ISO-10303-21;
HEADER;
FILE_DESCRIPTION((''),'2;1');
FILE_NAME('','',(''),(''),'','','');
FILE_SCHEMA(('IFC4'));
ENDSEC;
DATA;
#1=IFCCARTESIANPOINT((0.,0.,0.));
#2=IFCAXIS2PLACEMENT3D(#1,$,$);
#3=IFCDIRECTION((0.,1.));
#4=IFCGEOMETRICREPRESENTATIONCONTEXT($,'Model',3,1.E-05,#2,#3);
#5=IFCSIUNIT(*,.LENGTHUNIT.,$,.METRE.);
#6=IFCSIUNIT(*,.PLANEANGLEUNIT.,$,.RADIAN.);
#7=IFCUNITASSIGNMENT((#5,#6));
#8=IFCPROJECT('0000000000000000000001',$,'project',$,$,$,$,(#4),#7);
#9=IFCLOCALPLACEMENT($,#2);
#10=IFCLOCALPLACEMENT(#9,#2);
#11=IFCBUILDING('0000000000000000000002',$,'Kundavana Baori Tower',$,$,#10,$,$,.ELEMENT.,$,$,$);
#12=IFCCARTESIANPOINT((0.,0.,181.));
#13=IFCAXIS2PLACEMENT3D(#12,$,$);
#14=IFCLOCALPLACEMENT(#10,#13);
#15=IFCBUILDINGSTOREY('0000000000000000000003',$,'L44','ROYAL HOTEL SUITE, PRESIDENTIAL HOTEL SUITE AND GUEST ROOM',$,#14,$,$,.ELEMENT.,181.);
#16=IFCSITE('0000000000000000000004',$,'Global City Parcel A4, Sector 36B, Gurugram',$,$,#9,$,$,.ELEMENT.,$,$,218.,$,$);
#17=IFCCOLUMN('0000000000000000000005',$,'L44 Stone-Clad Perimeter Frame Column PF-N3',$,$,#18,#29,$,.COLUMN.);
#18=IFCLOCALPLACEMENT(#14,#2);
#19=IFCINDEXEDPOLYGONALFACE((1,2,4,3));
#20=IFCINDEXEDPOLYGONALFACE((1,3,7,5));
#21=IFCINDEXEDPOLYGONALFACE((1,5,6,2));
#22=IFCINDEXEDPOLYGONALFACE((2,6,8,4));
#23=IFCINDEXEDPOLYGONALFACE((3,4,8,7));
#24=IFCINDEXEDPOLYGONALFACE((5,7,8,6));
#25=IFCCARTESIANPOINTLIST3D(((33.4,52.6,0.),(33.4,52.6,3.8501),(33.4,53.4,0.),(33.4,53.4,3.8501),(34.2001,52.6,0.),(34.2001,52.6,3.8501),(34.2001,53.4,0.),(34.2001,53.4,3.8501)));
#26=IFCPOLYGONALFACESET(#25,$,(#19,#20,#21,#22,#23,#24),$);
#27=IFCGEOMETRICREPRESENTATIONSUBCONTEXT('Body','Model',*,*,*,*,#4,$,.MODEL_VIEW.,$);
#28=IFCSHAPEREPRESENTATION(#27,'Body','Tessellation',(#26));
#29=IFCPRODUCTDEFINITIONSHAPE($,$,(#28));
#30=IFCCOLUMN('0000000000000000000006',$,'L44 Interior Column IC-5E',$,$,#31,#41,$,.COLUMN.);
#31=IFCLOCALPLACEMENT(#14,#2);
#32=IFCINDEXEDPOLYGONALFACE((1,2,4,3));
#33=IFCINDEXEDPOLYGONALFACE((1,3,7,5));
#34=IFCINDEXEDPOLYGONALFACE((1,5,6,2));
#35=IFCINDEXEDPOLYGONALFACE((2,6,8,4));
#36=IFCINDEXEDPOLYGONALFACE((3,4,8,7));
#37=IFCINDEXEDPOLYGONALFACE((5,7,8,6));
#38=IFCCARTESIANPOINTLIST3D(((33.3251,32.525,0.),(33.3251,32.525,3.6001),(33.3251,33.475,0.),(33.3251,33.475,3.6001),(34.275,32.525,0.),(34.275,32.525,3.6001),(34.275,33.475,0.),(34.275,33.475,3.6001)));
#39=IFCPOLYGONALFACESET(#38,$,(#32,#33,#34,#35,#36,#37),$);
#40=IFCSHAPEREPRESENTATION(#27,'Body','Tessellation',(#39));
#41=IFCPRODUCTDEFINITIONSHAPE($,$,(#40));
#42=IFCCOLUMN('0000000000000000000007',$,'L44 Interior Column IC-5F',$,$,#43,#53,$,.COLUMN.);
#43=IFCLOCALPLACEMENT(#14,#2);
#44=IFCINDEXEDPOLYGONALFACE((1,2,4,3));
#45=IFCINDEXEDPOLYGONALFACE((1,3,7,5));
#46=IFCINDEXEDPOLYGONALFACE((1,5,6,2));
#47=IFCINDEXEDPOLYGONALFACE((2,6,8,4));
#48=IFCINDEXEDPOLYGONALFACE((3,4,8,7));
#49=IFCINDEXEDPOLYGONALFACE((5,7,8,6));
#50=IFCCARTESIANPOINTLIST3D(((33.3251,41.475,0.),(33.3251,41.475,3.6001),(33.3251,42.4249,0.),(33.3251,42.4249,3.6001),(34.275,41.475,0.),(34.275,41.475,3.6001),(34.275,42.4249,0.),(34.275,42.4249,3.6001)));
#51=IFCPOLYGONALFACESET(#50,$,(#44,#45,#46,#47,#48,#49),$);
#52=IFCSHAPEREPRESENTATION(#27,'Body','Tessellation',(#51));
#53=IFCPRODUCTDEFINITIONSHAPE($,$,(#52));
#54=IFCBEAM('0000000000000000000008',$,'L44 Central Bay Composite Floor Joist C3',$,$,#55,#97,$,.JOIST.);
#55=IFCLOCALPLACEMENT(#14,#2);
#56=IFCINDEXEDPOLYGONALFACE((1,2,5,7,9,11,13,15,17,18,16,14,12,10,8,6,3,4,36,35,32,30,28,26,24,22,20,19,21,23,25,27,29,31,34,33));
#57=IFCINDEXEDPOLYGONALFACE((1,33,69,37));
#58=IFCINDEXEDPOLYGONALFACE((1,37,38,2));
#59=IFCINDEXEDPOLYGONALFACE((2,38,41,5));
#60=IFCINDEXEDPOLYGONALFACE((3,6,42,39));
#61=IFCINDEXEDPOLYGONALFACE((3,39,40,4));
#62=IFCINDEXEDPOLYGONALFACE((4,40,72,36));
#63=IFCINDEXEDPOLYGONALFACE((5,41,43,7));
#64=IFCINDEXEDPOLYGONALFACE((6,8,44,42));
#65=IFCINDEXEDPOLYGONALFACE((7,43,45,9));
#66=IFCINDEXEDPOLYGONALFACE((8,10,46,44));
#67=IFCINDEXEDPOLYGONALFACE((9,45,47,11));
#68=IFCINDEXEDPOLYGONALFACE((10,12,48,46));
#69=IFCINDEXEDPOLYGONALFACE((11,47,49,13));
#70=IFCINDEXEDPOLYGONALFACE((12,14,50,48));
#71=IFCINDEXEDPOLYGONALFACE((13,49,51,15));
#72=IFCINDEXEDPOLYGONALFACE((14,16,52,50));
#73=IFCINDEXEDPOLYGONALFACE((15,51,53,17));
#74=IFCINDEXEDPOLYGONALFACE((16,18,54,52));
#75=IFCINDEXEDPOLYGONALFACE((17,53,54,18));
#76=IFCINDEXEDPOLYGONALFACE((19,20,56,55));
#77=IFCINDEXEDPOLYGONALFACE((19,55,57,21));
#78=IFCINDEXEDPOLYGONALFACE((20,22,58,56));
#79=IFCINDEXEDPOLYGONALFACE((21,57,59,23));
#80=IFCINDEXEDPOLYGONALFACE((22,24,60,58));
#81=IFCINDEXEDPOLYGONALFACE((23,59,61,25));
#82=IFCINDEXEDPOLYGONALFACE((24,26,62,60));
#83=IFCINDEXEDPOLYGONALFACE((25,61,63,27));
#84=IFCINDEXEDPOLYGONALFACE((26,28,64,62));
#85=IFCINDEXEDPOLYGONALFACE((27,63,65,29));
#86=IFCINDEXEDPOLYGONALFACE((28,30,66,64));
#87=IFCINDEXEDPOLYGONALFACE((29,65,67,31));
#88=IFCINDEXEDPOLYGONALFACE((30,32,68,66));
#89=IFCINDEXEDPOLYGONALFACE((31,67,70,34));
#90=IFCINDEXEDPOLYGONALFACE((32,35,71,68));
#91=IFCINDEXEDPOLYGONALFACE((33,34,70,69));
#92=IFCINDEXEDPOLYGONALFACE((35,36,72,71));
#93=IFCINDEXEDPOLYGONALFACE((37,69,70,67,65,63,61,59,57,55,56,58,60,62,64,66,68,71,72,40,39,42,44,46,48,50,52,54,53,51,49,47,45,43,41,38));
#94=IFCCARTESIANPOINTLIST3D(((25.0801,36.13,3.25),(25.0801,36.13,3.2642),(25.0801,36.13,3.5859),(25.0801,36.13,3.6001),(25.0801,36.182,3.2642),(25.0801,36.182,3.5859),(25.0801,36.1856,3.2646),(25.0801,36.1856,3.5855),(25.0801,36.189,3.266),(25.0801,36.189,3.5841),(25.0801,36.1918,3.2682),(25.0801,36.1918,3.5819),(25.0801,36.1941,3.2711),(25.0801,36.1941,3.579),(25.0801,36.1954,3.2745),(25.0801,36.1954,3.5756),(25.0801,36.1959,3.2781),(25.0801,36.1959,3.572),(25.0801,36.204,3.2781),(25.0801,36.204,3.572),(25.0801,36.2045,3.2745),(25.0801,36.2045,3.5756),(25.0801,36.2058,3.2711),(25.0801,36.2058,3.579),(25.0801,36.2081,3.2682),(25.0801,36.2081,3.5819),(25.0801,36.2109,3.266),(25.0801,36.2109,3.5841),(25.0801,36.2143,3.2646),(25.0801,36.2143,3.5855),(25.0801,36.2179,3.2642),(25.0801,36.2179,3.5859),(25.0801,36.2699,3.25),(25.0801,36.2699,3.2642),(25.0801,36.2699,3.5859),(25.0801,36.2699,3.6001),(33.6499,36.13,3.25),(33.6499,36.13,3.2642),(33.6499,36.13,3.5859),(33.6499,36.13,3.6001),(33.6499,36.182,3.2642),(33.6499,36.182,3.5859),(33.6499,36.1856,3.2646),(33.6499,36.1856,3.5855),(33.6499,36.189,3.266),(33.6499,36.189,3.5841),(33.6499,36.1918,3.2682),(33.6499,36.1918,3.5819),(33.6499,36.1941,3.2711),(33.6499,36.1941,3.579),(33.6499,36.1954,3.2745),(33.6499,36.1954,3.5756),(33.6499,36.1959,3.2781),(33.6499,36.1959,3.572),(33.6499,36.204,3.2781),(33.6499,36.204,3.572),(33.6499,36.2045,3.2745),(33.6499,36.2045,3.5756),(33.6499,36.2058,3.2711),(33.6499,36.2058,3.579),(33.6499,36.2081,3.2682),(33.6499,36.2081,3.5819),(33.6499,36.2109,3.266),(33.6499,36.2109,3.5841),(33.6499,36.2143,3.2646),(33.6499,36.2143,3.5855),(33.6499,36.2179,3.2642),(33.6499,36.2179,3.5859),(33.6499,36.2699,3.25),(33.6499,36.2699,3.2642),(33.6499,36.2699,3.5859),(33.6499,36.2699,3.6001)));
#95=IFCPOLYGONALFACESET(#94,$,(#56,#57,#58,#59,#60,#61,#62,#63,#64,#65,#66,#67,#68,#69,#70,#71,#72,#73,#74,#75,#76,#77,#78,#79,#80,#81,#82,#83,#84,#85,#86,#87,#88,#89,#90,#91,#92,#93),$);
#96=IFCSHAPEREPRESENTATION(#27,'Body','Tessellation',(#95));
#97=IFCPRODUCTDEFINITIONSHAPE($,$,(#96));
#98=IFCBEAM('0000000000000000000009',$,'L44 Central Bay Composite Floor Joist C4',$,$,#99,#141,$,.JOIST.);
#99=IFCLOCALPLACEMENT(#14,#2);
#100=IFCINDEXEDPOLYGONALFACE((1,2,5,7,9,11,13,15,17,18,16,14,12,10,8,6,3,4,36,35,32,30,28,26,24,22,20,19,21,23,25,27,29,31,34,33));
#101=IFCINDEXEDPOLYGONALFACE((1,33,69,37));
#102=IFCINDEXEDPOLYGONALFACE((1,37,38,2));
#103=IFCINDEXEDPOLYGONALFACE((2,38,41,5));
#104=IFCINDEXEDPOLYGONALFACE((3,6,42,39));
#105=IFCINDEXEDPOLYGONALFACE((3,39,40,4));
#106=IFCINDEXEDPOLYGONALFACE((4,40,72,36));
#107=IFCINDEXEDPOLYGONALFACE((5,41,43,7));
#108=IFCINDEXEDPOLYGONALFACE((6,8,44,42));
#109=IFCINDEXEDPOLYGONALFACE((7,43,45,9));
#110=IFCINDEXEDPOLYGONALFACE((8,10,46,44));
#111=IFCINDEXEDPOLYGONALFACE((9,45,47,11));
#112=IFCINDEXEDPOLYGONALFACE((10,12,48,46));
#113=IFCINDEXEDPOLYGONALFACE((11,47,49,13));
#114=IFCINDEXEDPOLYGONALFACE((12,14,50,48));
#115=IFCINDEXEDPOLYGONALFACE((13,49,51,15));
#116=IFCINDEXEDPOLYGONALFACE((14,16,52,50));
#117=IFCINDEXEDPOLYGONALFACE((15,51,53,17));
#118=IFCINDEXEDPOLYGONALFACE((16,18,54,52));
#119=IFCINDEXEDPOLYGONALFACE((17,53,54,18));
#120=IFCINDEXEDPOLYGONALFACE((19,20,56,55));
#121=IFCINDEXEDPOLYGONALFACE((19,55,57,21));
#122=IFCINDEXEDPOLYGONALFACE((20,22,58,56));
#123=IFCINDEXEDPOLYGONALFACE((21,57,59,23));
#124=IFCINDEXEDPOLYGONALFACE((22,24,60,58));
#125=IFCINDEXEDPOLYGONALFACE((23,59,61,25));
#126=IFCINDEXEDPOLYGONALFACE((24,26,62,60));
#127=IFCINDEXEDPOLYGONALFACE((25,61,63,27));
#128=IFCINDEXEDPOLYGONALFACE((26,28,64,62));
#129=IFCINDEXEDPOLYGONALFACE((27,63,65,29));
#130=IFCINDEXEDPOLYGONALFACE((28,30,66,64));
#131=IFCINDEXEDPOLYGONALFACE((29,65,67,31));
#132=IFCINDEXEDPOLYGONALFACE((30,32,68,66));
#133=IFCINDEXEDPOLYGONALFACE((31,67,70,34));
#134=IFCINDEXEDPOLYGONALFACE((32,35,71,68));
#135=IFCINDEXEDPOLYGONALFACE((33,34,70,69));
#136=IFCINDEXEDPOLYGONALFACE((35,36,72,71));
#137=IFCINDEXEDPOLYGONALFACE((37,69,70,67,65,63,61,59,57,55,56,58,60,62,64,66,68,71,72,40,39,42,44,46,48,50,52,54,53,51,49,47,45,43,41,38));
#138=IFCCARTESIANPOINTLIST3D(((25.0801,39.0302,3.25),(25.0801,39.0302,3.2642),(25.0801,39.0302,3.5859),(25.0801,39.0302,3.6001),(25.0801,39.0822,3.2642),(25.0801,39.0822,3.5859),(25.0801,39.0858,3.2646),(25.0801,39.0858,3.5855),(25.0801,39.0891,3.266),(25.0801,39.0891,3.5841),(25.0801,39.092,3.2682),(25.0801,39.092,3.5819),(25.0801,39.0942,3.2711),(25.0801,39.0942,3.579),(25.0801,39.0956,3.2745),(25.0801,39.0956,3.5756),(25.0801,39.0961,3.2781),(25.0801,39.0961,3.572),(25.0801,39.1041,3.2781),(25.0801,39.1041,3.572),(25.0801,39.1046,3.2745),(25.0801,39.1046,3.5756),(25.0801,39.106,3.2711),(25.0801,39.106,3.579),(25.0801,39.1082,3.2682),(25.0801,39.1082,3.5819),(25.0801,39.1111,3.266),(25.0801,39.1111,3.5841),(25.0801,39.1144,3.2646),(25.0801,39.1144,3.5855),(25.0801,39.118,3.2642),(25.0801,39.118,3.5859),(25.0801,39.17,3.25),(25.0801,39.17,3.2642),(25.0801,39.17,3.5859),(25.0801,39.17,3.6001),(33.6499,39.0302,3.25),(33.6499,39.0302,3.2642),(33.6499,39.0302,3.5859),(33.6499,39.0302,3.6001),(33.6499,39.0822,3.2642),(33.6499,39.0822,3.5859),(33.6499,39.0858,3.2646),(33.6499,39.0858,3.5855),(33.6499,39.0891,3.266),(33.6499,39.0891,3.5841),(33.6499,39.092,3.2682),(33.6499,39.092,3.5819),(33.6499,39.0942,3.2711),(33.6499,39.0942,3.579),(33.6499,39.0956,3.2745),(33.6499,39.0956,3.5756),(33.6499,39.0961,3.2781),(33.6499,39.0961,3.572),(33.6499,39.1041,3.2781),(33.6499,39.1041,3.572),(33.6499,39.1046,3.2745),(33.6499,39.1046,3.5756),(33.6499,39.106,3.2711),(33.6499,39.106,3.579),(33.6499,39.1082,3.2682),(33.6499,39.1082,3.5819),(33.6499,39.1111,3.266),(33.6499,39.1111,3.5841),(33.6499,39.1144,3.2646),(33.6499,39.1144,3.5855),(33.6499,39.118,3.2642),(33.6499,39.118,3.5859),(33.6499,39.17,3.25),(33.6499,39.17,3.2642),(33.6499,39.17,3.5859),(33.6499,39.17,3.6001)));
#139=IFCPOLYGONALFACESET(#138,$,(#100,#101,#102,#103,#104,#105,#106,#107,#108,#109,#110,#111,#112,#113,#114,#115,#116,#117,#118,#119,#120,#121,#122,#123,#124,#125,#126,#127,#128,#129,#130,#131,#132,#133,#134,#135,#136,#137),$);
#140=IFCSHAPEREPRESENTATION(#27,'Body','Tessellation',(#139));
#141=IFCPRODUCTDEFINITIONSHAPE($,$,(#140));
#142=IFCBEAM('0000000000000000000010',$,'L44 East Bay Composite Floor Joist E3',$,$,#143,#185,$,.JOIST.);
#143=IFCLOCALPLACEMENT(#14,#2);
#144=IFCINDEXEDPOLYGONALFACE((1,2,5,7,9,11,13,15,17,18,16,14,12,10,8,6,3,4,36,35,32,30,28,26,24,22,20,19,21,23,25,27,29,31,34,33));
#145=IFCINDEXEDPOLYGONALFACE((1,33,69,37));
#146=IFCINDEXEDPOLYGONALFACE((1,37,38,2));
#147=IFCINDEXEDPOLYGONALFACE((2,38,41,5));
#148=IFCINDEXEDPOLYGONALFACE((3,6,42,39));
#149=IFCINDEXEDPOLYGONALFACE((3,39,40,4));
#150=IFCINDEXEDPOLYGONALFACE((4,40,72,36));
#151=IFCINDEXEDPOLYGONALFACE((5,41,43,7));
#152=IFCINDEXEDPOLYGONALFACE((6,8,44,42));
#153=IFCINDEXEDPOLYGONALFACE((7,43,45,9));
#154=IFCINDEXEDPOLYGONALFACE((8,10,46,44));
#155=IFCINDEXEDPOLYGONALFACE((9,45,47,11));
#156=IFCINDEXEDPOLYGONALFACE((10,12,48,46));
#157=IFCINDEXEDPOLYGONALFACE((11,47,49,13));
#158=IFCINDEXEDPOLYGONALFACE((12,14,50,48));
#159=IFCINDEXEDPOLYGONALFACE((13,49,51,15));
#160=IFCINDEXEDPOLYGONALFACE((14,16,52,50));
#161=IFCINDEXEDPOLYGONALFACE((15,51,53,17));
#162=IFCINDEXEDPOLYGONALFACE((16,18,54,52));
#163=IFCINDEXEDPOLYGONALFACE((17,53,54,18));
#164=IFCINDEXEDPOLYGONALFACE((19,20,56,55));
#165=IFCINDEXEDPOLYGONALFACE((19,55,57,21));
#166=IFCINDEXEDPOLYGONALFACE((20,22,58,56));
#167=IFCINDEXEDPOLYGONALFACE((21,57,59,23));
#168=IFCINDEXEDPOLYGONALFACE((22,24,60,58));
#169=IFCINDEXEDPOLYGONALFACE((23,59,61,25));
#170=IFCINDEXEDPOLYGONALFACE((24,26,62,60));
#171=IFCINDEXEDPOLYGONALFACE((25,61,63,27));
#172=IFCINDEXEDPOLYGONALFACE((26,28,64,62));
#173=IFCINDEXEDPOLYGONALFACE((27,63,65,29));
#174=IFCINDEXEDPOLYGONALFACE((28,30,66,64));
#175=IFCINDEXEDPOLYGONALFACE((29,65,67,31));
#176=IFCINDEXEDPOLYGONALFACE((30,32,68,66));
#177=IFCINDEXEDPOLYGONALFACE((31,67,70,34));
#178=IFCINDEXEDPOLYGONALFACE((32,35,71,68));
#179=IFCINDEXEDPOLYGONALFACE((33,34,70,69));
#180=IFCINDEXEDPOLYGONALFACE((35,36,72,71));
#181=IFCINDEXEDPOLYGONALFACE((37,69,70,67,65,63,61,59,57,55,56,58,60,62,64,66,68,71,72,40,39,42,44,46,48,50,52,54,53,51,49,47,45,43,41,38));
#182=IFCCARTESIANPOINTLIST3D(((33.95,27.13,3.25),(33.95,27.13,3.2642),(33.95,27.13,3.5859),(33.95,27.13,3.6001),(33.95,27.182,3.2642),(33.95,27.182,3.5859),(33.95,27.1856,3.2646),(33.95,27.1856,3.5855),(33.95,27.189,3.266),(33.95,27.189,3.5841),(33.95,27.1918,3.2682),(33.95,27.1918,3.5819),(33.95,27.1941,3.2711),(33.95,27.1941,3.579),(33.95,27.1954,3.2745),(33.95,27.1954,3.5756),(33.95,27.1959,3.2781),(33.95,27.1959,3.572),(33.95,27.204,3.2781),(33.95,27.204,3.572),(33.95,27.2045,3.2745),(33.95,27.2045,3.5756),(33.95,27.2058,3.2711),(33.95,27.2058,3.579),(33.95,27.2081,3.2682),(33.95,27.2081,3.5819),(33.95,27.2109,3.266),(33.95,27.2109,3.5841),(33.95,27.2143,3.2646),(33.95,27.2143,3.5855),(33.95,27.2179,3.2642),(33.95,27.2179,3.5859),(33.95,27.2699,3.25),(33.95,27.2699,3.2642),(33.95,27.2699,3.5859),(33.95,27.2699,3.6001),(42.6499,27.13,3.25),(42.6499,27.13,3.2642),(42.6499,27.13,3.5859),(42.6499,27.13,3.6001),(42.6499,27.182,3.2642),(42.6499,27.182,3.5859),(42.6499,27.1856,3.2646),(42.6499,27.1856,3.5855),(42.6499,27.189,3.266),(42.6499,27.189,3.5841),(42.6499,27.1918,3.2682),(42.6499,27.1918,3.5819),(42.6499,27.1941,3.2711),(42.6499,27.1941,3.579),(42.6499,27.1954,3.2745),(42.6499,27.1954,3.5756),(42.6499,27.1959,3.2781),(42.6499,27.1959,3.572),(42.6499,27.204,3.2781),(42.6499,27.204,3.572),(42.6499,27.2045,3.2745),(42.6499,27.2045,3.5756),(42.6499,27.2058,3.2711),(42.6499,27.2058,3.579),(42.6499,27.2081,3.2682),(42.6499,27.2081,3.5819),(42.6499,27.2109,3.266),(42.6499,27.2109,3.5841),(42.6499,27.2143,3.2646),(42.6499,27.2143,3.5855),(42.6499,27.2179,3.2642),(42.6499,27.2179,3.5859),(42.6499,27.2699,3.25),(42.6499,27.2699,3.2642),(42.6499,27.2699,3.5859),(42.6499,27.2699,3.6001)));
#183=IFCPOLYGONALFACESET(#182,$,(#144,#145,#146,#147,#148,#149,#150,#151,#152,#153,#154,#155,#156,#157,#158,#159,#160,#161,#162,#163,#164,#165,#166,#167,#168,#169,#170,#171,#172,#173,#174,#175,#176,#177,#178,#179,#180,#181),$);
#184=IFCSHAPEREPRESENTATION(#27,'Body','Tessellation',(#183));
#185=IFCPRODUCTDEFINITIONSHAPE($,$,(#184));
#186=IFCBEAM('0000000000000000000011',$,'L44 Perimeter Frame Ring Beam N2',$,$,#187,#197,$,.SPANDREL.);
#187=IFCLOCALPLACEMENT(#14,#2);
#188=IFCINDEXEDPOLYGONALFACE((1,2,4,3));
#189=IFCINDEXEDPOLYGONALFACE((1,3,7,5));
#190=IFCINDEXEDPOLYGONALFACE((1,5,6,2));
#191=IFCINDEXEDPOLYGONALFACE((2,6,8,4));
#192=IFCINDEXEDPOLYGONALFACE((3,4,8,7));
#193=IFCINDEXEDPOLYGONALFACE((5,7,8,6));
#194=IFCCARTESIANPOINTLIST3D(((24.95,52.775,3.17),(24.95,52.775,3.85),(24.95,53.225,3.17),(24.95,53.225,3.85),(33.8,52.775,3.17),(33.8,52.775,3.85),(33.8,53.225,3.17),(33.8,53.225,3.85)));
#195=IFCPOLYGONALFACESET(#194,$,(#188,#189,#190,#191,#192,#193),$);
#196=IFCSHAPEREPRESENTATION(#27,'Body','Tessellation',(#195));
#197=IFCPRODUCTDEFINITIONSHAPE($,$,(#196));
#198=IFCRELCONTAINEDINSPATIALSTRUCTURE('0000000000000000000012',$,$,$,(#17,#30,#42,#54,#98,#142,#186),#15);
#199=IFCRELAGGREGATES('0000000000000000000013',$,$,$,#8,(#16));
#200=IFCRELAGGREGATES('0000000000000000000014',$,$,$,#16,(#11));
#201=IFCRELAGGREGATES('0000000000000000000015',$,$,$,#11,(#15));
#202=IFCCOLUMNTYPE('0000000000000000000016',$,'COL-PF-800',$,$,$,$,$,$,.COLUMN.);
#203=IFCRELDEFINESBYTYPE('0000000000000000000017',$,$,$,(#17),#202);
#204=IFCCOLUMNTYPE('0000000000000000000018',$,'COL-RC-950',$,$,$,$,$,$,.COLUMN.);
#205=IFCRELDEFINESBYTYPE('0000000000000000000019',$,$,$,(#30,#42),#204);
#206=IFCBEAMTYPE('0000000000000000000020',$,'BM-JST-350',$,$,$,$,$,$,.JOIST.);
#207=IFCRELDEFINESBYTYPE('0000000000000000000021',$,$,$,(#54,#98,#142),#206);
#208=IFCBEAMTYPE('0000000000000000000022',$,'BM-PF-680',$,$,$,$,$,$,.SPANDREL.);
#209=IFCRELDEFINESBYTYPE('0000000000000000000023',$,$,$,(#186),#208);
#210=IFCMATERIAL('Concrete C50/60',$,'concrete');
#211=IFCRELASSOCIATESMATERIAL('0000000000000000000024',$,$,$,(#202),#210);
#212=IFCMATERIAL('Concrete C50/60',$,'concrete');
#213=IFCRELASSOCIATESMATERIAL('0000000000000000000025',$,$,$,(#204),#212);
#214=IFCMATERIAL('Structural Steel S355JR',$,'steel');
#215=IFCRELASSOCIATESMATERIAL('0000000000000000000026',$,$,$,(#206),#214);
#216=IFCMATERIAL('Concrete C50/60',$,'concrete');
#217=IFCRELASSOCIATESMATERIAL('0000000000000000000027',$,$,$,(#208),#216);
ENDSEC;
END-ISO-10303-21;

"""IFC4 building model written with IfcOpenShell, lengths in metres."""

from ifc_helpers import new_model, si_unit, direction, frame, origin, origin_2d, place, context, subcontext, project, spatial, rectangle, i_section, extrude, material, material_profile, profile_set, type_object, element, save


model = new_model("IFC4")

# Units and contexts
model_context = context("Model", 3, precision=1e-05, world=origin(), true_north=direction((0.0, 1.0)))
body_context = subcontext(model_context, "Body", "Model", "MODEL_VIEW")
ifc_project = project(units=[si_unit("LENGTHUNIT", "METRE"), si_unit("PLANEANGLEUNIT", "RADIAN")], contexts=[model_context])

# Site, building, storey
site_placement = place(None, origin())
site = spatial("IfcSite", under=ifc_project, at=site_placement, Name="Global City Parcel A4, Sector 36B, Gurugram", CompositionType="ELEMENT", RefElevation=218.0)
building_placement = place(site_placement, origin())
building = spatial("IfcBuilding", under=site, at=building_placement, Name="Kundavana Baori Tower", CompositionType="ELEMENT")
storey_placement = place(building_placement, frame((0.0, 0.0, 181.0)))
storey = spatial("IfcBuildingStorey", under=building, at=storey_placement, Name="L44", Description="ROYAL HOTEL SUITE, PRESIDENTIAL HOTEL SUITE AND GUEST ROOM", CompositionType="ELEMENT", Elevation=181.0)

# Columns
ifc_material_1 = material(Name="Concrete C50/60", Category="concrete")
ifc_material_profile_1 = material_profile(ifc_material_1, rectangle(XDim=0.8, YDim=0.8, at=origin_2d()), Name="RC PF 800x800")
ifc_profile_set_1 = profile_set([ifc_material_profile_1], Name="Concrete C50/60")
column_type_1 = type_object("IfcColumnType", Name="COL-PF-800", PredefinedType="COLUMN", material=ifc_profile_set_1)
column_placement = place(storey_placement, frame((33.8, 53.0, 0.0), z_axis=(0.0, 0.0, 1.0), x_axis=(1.0, 0.0, 0.0)))
element("IfcColumn", 1, at=column_placement, inside=storey, type_object=column_type_1, Name="L44 Stone-Clad Perimeter Frame Column PF-N3", PredefinedType="COLUMN", context=body_context, shape_type="SweptSolid", body=[
    extrude(rectangle(XDim=0.8, YDim=0.8, at=origin_2d()), origin(), (0.0, 0.0, 1.0), 3.8501),
])
ifc_material_2 = material(Name="Concrete C50/60", Category="concrete")
ifc_material_profile_2 = material_profile(ifc_material_2, rectangle(XDim=0.95, YDim=0.95, at=origin_2d()), Name="RC 950x950")
ifc_profile_set_2 = profile_set([ifc_material_profile_2], Name="Concrete C50/60")
column_type_2 = type_object("IfcColumnType", Name="COL-RC-950", PredefinedType="COLUMN", material=ifc_profile_set_2)
for number, where, z_axis, x_axis, name in (
    (2, (33.8, 33.0, 0.0), (0.0, 0.0, 1.0), (1.0, 0.0, 0.0), "L44 Interior Column IC-5E"),
    (3, (33.8, 41.95, 0.0), (0.0, 0.0, 1.0), (1.0, 0.0, 0.0), "L44 Interior Column IC-5F"),
):
    element("IfcColumn", number, at=place(storey_placement, frame(where, z_axis=z_axis, x_axis=x_axis)), inside=storey, type_object=column_type_2, Name=name, PredefinedType="COLUMN", context=body_context, shape_type="SweptSolid", body=[
        extrude(rectangle(XDim=0.95, YDim=0.95, at=origin_2d()), origin(), (0.0, 0.0, 1.0), 3.6001),
    ])

# Beams
ifc_material_3 = material(Name="Structural Steel S355JR", Category="steel")
ifc_material_profile_3 = material_profile(ifc_material_3, i_section(OverallWidth=0.1399, OverallDepth=0.3501, WebThickness=0.0081, FlangeThickness=0.0142, FilletRadius=0.0139, at=origin_2d()), Name="ISMB 350")
ifc_profile_set_3 = profile_set([ifc_material_profile_3], Name="Structural Steel S355JR")
beam_type_1 = type_object("IfcBeamType", Name="BM-JST-350", PredefinedType="JOIST", material=ifc_profile_set_3)
for number, where, z_axis, x_axis, name in (
    (4, (25.0801, 36.2, 3.425), (1.0, 0.0, 0.0), (0.0, 1.0, 0.0), "L44 Central Bay Composite Floor Joist C3"),
    (5, (25.0801, 39.1001, 3.425), (1.0, 0.0, 0.0), (0.0, 1.0, 0.0), "L44 Central Bay Composite Floor Joist C4"),
):
    element("IfcBeam", number, at=place(storey_placement, frame(where, z_axis=z_axis, x_axis=x_axis)), inside=storey, type_object=beam_type_1, Name=name, PredefinedType="JOIST", context=body_context, shape_type="SweptSolid", body=[
        extrude(i_section(OverallWidth=0.1399, OverallDepth=0.3501, WebThickness=0.0081, FlangeThickness=0.0142, FilletRadius=0.0139, at=origin_2d()), origin(), (0.0, 0.0, 1.0), 8.5698),
    ])
beam_1_placement = place(storey_placement, frame((33.95, 27.2, 3.425), z_axis=(1.0, 0.0, 0.0), x_axis=(0.0, 1.0, 0.0)))
element("IfcBeam", 6, at=beam_1_placement, inside=storey, type_object=beam_type_1, Name="L44 East Bay Composite Floor Joist E3", PredefinedType="JOIST", context=body_context, shape_type="SweptSolid", body=[
    extrude(i_section(OverallWidth=0.1399, OverallDepth=0.3501, WebThickness=0.0081, FlangeThickness=0.0142, FilletRadius=0.0139, at=origin_2d()), origin(), (0.0, 0.0, 1.0), 8.7),
])
ifc_material_4 = material(Name="Concrete C50/60", Category="concrete")
ifc_material_profile_4 = material_profile(ifc_material_4, rectangle(XDim=0.45, YDim=0.6799, at=origin_2d()), Name="RC BM 450x680")
ifc_profile_set_4 = profile_set([ifc_material_profile_4], Name="Concrete C50/60")
beam_type_2 = type_object("IfcBeamType", Name="BM-PF-680", PredefinedType="SPANDREL", material=ifc_profile_set_4)
beam_2_placement = place(storey_placement, frame((24.95, 53.0, 3.51), z_axis=(1.0, 0.0, 0.0), x_axis=(0.0, 1.0, 0.0)))
element("IfcBeam", 7, at=beam_2_placement, inside=storey, type_object=beam_type_2, Name="L44 Perimeter Frame Ring Beam N2", PredefinedType="SPANDREL", context=body_context, shape_type="SweptSolid", body=[
    extrude(rectangle(XDim=0.45, YDim=0.6799, at=origin_2d()), origin(), (0.0, 0.0, 1.0), 8.8501),
])

save(model, "model.ifc")
